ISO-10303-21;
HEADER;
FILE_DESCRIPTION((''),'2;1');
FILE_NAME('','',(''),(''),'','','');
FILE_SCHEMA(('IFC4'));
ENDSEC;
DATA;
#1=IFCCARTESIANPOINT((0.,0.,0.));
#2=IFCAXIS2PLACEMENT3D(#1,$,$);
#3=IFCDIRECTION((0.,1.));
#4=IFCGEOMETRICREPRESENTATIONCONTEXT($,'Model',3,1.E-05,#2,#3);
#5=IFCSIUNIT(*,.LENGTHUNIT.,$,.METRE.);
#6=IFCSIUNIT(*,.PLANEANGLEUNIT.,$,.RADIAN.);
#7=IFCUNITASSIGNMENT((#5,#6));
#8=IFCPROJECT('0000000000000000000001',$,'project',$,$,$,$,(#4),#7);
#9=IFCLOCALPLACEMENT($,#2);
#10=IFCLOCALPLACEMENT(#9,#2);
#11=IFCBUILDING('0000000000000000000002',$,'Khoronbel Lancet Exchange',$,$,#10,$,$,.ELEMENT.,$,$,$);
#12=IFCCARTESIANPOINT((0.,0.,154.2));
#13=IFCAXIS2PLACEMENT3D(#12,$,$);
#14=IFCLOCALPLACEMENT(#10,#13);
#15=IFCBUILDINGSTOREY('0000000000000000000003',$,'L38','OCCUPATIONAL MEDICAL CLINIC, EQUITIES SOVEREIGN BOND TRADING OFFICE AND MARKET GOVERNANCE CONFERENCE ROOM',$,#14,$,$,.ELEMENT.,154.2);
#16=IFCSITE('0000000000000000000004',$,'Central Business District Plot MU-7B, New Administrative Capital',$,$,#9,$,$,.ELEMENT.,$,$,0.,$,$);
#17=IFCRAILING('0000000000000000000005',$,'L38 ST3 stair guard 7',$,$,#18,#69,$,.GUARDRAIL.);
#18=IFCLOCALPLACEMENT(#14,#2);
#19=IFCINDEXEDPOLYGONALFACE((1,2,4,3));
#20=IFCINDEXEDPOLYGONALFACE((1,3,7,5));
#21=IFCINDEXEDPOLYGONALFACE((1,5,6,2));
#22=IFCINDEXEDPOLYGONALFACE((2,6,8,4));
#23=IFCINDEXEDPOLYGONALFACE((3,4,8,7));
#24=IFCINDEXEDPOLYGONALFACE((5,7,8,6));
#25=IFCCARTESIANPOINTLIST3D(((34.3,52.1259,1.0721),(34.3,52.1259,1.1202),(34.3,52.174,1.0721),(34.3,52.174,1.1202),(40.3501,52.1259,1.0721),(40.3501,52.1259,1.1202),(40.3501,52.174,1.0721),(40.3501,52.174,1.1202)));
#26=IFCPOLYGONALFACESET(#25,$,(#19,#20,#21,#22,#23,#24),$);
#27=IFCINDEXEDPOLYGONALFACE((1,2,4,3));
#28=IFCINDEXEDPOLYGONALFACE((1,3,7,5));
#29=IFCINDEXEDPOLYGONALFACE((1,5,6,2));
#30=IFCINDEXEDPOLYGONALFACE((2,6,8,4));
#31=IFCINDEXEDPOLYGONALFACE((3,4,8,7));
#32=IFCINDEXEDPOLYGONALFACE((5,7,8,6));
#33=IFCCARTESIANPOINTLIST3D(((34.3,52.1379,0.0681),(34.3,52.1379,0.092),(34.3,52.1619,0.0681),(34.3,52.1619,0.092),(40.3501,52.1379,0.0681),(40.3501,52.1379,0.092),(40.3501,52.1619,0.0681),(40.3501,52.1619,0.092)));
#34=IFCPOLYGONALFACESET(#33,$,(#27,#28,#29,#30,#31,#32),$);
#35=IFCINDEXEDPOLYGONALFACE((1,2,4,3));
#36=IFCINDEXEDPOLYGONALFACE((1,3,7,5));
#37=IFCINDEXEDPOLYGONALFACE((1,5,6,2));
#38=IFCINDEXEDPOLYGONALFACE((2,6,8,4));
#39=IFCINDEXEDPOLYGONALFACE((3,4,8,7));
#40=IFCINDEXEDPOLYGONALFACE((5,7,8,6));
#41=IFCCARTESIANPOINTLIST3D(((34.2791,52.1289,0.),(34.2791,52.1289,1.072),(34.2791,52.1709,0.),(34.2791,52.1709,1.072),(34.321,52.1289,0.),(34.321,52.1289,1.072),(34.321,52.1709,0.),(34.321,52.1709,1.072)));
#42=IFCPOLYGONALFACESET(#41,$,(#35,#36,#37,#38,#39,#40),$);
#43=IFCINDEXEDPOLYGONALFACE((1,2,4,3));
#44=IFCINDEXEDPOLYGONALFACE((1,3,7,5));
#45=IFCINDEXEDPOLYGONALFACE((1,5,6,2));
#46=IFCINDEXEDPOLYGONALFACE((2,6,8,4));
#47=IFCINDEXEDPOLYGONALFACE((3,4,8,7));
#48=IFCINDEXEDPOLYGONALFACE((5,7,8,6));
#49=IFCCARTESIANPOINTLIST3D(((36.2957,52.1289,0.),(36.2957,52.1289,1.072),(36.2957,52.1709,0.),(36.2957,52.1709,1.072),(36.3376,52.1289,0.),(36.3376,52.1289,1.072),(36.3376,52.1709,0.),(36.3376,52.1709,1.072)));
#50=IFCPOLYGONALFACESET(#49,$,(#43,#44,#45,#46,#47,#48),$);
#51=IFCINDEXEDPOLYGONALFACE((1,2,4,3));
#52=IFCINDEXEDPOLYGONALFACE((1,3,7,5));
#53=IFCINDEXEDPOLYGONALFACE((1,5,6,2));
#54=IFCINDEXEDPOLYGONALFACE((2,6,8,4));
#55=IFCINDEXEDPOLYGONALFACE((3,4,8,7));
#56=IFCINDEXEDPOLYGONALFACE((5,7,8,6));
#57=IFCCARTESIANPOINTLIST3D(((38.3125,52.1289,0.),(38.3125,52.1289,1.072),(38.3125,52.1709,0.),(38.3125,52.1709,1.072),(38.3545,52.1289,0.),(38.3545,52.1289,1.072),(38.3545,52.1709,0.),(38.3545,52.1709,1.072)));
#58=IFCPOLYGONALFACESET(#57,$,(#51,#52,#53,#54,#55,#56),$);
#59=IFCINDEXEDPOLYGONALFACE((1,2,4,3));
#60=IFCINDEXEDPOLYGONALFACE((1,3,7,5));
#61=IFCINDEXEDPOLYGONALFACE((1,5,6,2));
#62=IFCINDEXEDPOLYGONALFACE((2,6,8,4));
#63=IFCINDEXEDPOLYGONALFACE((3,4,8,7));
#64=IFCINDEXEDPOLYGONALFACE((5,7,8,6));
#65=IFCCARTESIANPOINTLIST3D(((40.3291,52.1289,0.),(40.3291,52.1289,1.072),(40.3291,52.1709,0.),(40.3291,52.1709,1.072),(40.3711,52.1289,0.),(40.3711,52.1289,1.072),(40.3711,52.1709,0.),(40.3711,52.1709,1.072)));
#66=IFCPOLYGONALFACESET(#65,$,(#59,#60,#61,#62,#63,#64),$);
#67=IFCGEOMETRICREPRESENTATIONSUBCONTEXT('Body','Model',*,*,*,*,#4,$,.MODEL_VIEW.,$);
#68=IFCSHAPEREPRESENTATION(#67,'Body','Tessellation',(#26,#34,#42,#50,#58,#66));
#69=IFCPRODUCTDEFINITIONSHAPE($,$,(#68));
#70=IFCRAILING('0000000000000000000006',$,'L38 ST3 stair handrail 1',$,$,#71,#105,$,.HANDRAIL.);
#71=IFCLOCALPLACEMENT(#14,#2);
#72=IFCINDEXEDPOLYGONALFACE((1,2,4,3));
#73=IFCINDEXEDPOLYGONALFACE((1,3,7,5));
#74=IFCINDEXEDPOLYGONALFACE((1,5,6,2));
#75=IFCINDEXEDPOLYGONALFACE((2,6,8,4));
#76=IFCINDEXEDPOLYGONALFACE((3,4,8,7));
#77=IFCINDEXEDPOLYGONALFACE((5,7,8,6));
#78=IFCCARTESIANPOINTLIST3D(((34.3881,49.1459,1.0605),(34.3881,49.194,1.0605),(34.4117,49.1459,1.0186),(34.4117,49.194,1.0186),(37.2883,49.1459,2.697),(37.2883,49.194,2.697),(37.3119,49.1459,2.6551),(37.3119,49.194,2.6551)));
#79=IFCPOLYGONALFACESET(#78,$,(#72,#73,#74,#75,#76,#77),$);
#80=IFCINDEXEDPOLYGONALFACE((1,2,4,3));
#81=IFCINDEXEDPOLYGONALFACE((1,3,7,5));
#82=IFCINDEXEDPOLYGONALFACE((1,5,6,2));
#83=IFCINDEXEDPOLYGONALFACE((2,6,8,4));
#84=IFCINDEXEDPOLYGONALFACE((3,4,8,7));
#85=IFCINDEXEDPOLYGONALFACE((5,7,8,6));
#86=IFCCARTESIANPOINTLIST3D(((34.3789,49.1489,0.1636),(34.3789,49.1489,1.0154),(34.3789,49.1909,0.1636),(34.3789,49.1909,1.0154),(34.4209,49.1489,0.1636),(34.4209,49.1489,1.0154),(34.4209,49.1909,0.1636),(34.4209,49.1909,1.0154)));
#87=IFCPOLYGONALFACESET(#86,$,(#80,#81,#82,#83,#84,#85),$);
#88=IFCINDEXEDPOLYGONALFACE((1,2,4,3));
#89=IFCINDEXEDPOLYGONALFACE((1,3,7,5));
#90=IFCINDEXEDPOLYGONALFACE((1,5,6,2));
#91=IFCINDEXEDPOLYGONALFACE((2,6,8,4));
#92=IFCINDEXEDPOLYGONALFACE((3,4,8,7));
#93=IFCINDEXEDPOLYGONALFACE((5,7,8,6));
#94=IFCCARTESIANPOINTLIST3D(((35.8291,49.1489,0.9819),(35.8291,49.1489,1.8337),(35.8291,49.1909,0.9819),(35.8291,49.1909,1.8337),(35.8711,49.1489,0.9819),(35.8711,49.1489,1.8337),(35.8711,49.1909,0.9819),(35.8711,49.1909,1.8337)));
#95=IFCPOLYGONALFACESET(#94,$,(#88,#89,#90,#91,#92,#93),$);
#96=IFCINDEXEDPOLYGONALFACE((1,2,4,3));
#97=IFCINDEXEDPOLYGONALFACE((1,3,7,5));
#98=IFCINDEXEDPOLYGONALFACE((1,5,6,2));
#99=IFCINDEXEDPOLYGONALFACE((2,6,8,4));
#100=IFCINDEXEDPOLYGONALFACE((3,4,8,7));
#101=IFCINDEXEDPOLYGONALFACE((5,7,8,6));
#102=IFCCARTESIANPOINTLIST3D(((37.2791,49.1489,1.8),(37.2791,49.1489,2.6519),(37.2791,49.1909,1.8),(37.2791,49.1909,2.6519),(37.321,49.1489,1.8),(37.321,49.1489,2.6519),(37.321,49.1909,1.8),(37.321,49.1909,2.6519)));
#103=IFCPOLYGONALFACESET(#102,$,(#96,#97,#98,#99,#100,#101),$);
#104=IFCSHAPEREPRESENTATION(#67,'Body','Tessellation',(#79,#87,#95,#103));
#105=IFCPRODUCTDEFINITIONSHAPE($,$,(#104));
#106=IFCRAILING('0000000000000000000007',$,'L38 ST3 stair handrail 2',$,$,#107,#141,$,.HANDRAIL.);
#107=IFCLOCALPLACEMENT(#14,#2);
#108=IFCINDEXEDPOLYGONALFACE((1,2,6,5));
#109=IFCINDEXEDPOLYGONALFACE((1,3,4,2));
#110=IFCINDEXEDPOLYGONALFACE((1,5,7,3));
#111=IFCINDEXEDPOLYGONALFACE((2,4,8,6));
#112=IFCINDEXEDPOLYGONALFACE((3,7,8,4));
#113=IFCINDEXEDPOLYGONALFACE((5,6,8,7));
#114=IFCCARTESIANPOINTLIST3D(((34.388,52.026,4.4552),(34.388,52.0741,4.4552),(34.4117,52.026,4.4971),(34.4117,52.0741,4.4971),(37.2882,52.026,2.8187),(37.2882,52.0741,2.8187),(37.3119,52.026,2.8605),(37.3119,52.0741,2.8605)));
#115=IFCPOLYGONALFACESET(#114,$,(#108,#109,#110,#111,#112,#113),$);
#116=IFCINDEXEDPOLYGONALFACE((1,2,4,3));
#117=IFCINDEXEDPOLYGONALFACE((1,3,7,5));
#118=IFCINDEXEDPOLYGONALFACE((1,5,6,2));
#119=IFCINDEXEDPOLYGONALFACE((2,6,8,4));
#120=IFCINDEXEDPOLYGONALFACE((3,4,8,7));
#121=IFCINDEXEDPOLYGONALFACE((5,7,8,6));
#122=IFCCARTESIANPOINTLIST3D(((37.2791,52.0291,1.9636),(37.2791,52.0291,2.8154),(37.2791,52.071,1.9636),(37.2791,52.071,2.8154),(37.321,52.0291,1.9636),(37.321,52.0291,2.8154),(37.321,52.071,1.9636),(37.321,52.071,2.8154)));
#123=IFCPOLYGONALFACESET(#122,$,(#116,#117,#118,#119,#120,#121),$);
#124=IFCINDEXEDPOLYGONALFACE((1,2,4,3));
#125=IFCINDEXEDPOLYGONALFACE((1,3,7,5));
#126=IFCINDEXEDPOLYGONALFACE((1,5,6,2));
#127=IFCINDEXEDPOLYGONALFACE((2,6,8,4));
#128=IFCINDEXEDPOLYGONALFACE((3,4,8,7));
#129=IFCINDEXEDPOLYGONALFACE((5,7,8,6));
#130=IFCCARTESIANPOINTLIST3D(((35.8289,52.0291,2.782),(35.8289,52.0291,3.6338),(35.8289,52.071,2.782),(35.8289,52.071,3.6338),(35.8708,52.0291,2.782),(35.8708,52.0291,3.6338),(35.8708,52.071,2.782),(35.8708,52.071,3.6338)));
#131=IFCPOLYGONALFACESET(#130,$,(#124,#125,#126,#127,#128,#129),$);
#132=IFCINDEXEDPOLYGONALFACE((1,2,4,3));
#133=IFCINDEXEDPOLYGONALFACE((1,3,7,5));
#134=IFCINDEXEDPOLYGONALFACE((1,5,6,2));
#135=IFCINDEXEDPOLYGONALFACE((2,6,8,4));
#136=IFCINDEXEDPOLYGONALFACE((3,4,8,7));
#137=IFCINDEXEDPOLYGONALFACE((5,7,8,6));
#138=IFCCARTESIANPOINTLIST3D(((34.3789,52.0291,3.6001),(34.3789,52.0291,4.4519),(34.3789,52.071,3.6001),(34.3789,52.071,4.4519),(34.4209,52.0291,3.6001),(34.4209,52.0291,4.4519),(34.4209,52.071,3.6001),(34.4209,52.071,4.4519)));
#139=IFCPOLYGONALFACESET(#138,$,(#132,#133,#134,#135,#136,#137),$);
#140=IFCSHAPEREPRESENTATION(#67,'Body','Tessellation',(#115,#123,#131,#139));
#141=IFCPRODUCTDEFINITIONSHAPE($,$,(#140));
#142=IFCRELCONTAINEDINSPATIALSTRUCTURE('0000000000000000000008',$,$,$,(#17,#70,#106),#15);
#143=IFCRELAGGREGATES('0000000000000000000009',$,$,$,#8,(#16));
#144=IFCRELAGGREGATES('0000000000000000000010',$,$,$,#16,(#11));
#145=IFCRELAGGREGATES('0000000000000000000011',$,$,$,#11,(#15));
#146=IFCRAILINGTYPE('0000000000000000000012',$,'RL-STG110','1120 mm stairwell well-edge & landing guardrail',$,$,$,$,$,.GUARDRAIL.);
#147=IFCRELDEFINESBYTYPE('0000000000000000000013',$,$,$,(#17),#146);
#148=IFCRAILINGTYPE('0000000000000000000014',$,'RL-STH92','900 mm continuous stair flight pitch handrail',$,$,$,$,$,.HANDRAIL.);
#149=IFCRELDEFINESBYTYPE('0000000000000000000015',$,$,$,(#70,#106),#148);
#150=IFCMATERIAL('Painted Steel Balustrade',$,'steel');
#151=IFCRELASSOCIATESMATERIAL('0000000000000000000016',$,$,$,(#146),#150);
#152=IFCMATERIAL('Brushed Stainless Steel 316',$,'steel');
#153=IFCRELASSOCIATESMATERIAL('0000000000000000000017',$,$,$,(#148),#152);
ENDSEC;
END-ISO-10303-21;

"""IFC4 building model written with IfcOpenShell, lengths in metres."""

from ifc_helpers import new_model, si_unit, direction, frame, origin, origin_2d, place, context, subcontext, project, spatial, rectangle, extrude, material, type_object, element, save


model = new_model("IFC4")

# Units and contexts
model_context = context("Model", 3, precision=1e-05, world=origin(), true_north=direction((0.0, 1.0)))
body_context = subcontext(model_context, "Body", "Model", "MODEL_VIEW")
ifc_project = project(units=[si_unit("LENGTHUNIT", "METRE"), si_unit("PLANEANGLEUNIT", "RADIAN")], contexts=[model_context])

# Site, building, storey
site_placement = place(None, origin())
site = spatial("IfcSite", under=ifc_project, at=site_placement, Name="Central Business District Plot MU-7B, New Administrative Capital", CompositionType="ELEMENT", RefElevation=0.0)
building_placement = place(site_placement, origin())
building = spatial("IfcBuilding", under=site, at=building_placement, Name="Khoronbel Lancet Exchange", CompositionType="ELEMENT")
storey_placement = place(building_placement, frame((0.0, 0.0, 154.2)))
storey = spatial("IfcBuildingStorey", under=building, at=storey_placement, Name="L38", Description="OCCUPATIONAL MEDICAL CLINIC, EQUITIES SOVEREIGN BOND TRADING OFFICE AND MARKET GOVERNANCE CONFERENCE ROOM", CompositionType="ELEMENT", Elevation=154.2)

# Railings
ifc_material_1 = material(Name="Painted Steel Balustrade", Category="steel")
railing_type_1 = type_object("IfcRailingType", Name="RL-STG110", Description="1120 mm stairwell well-edge & landing guardrail", PredefinedType="GUARDRAIL", material=ifc_material_1)
railing_1_placement = place(storey_placement, frame((34.3, 52.1499, 0.0)))
element("IfcRailing", 1, at=railing_1_placement, inside=storey, type_object=railing_type_1, Name="L38 ST3 stair guard 7", PredefinedType="GUARDRAIL", context=body_context, shape_type="SweptSolid", body=[
    extrude(rectangle(XDim=0.0481, YDim=0.0481, at=origin_2d()), frame((0.0, 0.0, 1.0962), z_axis=(1.0, 0.0, 0.0), x_axis=(0.0, 1.0, 0.0)), (0.0, 0.0, 1.0), 6.05),
    extrude(rectangle(XDim=0.0239, YDim=0.0239, at=origin_2d()), frame((0.0, 0.0, 0.0801), z_axis=(1.0, 0.0, 0.0), x_axis=(0.0, 1.0, 0.0)), (0.0, 0.0, 1.0), 6.05),
    extrude(rectangle(XDim=0.042, YDim=0.042, at=origin_2d()), origin(), (0.0, 0.0, 1.0), 1.072),
    extrude(rectangle(XDim=0.042, YDim=0.042, at=origin_2d()), frame((2.0166, 0.0, 0.0)), (0.0, 0.0, 1.0), 1.072),
    extrude(rectangle(XDim=0.042, YDim=0.042, at=origin_2d()), frame((4.0334, 0.0, 0.0)), (0.0, 0.0, 1.0), 1.072),
    extrude(rectangle(XDim=0.042, YDim=0.042, at=origin_2d()), frame((6.05, 0.0, 0.0)), (0.0, 0.0, 1.0), 1.072),
])
ifc_material_2 = material(Name="Brushed Stainless Steel 316", Category="steel")
railing_type_2 = type_object("IfcRailingType", Name="RL-STH92", Description="900 mm continuous stair flight pitch handrail", PredefinedType="HANDRAIL", material=ifc_material_2)
railing_2_placement = place(storey_placement, frame((34.3999, 49.1699, 0.1636)))
element("IfcRailing", 2, at=railing_2_placement, inside=storey, type_object=railing_type_2, Name="L38 ST3 stair handrail 1", PredefinedType="HANDRAIL", context=body_context, shape_type="SweptSolid", body=[
    extrude(rectangle(XDim=0.0481, YDim=0.0481, at=origin_2d()), frame((0.0, 0.0, 0.876), z_axis=(0.870915, 0.0, 0.491434), x_axis=(0.0, 1.0, 0.0)), (0.0, 0.0, 1.0), 3.3301),
    extrude(rectangle(XDim=0.042, YDim=0.042, at=origin_2d()), origin(), (0.0, 0.0, 1.0), 0.8518),
    extrude(rectangle(XDim=0.042, YDim=0.042, at=origin_2d()), frame((1.4502, 0.0, 0.8184)), (0.0, 0.0, 1.0), 0.8518),
    extrude(rectangle(XDim=0.042, YDim=0.042, at=origin_2d()), frame((2.9001, 0.0, 1.6365)), (0.0, 0.0, 1.0), 0.8518),
])
railing_3_placement = place(storey_placement, frame((37.3, 52.05, 1.9636)))
element("IfcRailing", 3, at=railing_3_placement, inside=storey, type_object=railing_type_2, Name="L38 ST3 stair handrail 2", PredefinedType="HANDRAIL", context=body_context, shape_type="SweptSolid", body=[
    extrude(rectangle(XDim=0.0481, YDim=0.0481, at=origin_2d()), frame((0.0, 0.0, 0.876), z_axis=(-0.870915, 0.0, 0.491434), x_axis=(0.0, -1.0, 0.0)), (0.0, 0.0, 1.0), 3.3301),
    extrude(rectangle(XDim=0.042, YDim=0.042, at=origin_2d()), origin(), (0.0, 0.0, 1.0), 0.8518),
    extrude(rectangle(XDim=0.042, YDim=0.042, at=origin_2d()), frame((-1.4502, 0.0, 0.8184)), (0.0, 0.0, 1.0), 0.8518),
    extrude(rectangle(XDim=0.042, YDim=0.042, at=origin_2d()), frame((-2.9001, 0.0, 1.6365)), (0.0, 0.0, 1.0), 0.8518),
])

save(model, "model.ifc")
